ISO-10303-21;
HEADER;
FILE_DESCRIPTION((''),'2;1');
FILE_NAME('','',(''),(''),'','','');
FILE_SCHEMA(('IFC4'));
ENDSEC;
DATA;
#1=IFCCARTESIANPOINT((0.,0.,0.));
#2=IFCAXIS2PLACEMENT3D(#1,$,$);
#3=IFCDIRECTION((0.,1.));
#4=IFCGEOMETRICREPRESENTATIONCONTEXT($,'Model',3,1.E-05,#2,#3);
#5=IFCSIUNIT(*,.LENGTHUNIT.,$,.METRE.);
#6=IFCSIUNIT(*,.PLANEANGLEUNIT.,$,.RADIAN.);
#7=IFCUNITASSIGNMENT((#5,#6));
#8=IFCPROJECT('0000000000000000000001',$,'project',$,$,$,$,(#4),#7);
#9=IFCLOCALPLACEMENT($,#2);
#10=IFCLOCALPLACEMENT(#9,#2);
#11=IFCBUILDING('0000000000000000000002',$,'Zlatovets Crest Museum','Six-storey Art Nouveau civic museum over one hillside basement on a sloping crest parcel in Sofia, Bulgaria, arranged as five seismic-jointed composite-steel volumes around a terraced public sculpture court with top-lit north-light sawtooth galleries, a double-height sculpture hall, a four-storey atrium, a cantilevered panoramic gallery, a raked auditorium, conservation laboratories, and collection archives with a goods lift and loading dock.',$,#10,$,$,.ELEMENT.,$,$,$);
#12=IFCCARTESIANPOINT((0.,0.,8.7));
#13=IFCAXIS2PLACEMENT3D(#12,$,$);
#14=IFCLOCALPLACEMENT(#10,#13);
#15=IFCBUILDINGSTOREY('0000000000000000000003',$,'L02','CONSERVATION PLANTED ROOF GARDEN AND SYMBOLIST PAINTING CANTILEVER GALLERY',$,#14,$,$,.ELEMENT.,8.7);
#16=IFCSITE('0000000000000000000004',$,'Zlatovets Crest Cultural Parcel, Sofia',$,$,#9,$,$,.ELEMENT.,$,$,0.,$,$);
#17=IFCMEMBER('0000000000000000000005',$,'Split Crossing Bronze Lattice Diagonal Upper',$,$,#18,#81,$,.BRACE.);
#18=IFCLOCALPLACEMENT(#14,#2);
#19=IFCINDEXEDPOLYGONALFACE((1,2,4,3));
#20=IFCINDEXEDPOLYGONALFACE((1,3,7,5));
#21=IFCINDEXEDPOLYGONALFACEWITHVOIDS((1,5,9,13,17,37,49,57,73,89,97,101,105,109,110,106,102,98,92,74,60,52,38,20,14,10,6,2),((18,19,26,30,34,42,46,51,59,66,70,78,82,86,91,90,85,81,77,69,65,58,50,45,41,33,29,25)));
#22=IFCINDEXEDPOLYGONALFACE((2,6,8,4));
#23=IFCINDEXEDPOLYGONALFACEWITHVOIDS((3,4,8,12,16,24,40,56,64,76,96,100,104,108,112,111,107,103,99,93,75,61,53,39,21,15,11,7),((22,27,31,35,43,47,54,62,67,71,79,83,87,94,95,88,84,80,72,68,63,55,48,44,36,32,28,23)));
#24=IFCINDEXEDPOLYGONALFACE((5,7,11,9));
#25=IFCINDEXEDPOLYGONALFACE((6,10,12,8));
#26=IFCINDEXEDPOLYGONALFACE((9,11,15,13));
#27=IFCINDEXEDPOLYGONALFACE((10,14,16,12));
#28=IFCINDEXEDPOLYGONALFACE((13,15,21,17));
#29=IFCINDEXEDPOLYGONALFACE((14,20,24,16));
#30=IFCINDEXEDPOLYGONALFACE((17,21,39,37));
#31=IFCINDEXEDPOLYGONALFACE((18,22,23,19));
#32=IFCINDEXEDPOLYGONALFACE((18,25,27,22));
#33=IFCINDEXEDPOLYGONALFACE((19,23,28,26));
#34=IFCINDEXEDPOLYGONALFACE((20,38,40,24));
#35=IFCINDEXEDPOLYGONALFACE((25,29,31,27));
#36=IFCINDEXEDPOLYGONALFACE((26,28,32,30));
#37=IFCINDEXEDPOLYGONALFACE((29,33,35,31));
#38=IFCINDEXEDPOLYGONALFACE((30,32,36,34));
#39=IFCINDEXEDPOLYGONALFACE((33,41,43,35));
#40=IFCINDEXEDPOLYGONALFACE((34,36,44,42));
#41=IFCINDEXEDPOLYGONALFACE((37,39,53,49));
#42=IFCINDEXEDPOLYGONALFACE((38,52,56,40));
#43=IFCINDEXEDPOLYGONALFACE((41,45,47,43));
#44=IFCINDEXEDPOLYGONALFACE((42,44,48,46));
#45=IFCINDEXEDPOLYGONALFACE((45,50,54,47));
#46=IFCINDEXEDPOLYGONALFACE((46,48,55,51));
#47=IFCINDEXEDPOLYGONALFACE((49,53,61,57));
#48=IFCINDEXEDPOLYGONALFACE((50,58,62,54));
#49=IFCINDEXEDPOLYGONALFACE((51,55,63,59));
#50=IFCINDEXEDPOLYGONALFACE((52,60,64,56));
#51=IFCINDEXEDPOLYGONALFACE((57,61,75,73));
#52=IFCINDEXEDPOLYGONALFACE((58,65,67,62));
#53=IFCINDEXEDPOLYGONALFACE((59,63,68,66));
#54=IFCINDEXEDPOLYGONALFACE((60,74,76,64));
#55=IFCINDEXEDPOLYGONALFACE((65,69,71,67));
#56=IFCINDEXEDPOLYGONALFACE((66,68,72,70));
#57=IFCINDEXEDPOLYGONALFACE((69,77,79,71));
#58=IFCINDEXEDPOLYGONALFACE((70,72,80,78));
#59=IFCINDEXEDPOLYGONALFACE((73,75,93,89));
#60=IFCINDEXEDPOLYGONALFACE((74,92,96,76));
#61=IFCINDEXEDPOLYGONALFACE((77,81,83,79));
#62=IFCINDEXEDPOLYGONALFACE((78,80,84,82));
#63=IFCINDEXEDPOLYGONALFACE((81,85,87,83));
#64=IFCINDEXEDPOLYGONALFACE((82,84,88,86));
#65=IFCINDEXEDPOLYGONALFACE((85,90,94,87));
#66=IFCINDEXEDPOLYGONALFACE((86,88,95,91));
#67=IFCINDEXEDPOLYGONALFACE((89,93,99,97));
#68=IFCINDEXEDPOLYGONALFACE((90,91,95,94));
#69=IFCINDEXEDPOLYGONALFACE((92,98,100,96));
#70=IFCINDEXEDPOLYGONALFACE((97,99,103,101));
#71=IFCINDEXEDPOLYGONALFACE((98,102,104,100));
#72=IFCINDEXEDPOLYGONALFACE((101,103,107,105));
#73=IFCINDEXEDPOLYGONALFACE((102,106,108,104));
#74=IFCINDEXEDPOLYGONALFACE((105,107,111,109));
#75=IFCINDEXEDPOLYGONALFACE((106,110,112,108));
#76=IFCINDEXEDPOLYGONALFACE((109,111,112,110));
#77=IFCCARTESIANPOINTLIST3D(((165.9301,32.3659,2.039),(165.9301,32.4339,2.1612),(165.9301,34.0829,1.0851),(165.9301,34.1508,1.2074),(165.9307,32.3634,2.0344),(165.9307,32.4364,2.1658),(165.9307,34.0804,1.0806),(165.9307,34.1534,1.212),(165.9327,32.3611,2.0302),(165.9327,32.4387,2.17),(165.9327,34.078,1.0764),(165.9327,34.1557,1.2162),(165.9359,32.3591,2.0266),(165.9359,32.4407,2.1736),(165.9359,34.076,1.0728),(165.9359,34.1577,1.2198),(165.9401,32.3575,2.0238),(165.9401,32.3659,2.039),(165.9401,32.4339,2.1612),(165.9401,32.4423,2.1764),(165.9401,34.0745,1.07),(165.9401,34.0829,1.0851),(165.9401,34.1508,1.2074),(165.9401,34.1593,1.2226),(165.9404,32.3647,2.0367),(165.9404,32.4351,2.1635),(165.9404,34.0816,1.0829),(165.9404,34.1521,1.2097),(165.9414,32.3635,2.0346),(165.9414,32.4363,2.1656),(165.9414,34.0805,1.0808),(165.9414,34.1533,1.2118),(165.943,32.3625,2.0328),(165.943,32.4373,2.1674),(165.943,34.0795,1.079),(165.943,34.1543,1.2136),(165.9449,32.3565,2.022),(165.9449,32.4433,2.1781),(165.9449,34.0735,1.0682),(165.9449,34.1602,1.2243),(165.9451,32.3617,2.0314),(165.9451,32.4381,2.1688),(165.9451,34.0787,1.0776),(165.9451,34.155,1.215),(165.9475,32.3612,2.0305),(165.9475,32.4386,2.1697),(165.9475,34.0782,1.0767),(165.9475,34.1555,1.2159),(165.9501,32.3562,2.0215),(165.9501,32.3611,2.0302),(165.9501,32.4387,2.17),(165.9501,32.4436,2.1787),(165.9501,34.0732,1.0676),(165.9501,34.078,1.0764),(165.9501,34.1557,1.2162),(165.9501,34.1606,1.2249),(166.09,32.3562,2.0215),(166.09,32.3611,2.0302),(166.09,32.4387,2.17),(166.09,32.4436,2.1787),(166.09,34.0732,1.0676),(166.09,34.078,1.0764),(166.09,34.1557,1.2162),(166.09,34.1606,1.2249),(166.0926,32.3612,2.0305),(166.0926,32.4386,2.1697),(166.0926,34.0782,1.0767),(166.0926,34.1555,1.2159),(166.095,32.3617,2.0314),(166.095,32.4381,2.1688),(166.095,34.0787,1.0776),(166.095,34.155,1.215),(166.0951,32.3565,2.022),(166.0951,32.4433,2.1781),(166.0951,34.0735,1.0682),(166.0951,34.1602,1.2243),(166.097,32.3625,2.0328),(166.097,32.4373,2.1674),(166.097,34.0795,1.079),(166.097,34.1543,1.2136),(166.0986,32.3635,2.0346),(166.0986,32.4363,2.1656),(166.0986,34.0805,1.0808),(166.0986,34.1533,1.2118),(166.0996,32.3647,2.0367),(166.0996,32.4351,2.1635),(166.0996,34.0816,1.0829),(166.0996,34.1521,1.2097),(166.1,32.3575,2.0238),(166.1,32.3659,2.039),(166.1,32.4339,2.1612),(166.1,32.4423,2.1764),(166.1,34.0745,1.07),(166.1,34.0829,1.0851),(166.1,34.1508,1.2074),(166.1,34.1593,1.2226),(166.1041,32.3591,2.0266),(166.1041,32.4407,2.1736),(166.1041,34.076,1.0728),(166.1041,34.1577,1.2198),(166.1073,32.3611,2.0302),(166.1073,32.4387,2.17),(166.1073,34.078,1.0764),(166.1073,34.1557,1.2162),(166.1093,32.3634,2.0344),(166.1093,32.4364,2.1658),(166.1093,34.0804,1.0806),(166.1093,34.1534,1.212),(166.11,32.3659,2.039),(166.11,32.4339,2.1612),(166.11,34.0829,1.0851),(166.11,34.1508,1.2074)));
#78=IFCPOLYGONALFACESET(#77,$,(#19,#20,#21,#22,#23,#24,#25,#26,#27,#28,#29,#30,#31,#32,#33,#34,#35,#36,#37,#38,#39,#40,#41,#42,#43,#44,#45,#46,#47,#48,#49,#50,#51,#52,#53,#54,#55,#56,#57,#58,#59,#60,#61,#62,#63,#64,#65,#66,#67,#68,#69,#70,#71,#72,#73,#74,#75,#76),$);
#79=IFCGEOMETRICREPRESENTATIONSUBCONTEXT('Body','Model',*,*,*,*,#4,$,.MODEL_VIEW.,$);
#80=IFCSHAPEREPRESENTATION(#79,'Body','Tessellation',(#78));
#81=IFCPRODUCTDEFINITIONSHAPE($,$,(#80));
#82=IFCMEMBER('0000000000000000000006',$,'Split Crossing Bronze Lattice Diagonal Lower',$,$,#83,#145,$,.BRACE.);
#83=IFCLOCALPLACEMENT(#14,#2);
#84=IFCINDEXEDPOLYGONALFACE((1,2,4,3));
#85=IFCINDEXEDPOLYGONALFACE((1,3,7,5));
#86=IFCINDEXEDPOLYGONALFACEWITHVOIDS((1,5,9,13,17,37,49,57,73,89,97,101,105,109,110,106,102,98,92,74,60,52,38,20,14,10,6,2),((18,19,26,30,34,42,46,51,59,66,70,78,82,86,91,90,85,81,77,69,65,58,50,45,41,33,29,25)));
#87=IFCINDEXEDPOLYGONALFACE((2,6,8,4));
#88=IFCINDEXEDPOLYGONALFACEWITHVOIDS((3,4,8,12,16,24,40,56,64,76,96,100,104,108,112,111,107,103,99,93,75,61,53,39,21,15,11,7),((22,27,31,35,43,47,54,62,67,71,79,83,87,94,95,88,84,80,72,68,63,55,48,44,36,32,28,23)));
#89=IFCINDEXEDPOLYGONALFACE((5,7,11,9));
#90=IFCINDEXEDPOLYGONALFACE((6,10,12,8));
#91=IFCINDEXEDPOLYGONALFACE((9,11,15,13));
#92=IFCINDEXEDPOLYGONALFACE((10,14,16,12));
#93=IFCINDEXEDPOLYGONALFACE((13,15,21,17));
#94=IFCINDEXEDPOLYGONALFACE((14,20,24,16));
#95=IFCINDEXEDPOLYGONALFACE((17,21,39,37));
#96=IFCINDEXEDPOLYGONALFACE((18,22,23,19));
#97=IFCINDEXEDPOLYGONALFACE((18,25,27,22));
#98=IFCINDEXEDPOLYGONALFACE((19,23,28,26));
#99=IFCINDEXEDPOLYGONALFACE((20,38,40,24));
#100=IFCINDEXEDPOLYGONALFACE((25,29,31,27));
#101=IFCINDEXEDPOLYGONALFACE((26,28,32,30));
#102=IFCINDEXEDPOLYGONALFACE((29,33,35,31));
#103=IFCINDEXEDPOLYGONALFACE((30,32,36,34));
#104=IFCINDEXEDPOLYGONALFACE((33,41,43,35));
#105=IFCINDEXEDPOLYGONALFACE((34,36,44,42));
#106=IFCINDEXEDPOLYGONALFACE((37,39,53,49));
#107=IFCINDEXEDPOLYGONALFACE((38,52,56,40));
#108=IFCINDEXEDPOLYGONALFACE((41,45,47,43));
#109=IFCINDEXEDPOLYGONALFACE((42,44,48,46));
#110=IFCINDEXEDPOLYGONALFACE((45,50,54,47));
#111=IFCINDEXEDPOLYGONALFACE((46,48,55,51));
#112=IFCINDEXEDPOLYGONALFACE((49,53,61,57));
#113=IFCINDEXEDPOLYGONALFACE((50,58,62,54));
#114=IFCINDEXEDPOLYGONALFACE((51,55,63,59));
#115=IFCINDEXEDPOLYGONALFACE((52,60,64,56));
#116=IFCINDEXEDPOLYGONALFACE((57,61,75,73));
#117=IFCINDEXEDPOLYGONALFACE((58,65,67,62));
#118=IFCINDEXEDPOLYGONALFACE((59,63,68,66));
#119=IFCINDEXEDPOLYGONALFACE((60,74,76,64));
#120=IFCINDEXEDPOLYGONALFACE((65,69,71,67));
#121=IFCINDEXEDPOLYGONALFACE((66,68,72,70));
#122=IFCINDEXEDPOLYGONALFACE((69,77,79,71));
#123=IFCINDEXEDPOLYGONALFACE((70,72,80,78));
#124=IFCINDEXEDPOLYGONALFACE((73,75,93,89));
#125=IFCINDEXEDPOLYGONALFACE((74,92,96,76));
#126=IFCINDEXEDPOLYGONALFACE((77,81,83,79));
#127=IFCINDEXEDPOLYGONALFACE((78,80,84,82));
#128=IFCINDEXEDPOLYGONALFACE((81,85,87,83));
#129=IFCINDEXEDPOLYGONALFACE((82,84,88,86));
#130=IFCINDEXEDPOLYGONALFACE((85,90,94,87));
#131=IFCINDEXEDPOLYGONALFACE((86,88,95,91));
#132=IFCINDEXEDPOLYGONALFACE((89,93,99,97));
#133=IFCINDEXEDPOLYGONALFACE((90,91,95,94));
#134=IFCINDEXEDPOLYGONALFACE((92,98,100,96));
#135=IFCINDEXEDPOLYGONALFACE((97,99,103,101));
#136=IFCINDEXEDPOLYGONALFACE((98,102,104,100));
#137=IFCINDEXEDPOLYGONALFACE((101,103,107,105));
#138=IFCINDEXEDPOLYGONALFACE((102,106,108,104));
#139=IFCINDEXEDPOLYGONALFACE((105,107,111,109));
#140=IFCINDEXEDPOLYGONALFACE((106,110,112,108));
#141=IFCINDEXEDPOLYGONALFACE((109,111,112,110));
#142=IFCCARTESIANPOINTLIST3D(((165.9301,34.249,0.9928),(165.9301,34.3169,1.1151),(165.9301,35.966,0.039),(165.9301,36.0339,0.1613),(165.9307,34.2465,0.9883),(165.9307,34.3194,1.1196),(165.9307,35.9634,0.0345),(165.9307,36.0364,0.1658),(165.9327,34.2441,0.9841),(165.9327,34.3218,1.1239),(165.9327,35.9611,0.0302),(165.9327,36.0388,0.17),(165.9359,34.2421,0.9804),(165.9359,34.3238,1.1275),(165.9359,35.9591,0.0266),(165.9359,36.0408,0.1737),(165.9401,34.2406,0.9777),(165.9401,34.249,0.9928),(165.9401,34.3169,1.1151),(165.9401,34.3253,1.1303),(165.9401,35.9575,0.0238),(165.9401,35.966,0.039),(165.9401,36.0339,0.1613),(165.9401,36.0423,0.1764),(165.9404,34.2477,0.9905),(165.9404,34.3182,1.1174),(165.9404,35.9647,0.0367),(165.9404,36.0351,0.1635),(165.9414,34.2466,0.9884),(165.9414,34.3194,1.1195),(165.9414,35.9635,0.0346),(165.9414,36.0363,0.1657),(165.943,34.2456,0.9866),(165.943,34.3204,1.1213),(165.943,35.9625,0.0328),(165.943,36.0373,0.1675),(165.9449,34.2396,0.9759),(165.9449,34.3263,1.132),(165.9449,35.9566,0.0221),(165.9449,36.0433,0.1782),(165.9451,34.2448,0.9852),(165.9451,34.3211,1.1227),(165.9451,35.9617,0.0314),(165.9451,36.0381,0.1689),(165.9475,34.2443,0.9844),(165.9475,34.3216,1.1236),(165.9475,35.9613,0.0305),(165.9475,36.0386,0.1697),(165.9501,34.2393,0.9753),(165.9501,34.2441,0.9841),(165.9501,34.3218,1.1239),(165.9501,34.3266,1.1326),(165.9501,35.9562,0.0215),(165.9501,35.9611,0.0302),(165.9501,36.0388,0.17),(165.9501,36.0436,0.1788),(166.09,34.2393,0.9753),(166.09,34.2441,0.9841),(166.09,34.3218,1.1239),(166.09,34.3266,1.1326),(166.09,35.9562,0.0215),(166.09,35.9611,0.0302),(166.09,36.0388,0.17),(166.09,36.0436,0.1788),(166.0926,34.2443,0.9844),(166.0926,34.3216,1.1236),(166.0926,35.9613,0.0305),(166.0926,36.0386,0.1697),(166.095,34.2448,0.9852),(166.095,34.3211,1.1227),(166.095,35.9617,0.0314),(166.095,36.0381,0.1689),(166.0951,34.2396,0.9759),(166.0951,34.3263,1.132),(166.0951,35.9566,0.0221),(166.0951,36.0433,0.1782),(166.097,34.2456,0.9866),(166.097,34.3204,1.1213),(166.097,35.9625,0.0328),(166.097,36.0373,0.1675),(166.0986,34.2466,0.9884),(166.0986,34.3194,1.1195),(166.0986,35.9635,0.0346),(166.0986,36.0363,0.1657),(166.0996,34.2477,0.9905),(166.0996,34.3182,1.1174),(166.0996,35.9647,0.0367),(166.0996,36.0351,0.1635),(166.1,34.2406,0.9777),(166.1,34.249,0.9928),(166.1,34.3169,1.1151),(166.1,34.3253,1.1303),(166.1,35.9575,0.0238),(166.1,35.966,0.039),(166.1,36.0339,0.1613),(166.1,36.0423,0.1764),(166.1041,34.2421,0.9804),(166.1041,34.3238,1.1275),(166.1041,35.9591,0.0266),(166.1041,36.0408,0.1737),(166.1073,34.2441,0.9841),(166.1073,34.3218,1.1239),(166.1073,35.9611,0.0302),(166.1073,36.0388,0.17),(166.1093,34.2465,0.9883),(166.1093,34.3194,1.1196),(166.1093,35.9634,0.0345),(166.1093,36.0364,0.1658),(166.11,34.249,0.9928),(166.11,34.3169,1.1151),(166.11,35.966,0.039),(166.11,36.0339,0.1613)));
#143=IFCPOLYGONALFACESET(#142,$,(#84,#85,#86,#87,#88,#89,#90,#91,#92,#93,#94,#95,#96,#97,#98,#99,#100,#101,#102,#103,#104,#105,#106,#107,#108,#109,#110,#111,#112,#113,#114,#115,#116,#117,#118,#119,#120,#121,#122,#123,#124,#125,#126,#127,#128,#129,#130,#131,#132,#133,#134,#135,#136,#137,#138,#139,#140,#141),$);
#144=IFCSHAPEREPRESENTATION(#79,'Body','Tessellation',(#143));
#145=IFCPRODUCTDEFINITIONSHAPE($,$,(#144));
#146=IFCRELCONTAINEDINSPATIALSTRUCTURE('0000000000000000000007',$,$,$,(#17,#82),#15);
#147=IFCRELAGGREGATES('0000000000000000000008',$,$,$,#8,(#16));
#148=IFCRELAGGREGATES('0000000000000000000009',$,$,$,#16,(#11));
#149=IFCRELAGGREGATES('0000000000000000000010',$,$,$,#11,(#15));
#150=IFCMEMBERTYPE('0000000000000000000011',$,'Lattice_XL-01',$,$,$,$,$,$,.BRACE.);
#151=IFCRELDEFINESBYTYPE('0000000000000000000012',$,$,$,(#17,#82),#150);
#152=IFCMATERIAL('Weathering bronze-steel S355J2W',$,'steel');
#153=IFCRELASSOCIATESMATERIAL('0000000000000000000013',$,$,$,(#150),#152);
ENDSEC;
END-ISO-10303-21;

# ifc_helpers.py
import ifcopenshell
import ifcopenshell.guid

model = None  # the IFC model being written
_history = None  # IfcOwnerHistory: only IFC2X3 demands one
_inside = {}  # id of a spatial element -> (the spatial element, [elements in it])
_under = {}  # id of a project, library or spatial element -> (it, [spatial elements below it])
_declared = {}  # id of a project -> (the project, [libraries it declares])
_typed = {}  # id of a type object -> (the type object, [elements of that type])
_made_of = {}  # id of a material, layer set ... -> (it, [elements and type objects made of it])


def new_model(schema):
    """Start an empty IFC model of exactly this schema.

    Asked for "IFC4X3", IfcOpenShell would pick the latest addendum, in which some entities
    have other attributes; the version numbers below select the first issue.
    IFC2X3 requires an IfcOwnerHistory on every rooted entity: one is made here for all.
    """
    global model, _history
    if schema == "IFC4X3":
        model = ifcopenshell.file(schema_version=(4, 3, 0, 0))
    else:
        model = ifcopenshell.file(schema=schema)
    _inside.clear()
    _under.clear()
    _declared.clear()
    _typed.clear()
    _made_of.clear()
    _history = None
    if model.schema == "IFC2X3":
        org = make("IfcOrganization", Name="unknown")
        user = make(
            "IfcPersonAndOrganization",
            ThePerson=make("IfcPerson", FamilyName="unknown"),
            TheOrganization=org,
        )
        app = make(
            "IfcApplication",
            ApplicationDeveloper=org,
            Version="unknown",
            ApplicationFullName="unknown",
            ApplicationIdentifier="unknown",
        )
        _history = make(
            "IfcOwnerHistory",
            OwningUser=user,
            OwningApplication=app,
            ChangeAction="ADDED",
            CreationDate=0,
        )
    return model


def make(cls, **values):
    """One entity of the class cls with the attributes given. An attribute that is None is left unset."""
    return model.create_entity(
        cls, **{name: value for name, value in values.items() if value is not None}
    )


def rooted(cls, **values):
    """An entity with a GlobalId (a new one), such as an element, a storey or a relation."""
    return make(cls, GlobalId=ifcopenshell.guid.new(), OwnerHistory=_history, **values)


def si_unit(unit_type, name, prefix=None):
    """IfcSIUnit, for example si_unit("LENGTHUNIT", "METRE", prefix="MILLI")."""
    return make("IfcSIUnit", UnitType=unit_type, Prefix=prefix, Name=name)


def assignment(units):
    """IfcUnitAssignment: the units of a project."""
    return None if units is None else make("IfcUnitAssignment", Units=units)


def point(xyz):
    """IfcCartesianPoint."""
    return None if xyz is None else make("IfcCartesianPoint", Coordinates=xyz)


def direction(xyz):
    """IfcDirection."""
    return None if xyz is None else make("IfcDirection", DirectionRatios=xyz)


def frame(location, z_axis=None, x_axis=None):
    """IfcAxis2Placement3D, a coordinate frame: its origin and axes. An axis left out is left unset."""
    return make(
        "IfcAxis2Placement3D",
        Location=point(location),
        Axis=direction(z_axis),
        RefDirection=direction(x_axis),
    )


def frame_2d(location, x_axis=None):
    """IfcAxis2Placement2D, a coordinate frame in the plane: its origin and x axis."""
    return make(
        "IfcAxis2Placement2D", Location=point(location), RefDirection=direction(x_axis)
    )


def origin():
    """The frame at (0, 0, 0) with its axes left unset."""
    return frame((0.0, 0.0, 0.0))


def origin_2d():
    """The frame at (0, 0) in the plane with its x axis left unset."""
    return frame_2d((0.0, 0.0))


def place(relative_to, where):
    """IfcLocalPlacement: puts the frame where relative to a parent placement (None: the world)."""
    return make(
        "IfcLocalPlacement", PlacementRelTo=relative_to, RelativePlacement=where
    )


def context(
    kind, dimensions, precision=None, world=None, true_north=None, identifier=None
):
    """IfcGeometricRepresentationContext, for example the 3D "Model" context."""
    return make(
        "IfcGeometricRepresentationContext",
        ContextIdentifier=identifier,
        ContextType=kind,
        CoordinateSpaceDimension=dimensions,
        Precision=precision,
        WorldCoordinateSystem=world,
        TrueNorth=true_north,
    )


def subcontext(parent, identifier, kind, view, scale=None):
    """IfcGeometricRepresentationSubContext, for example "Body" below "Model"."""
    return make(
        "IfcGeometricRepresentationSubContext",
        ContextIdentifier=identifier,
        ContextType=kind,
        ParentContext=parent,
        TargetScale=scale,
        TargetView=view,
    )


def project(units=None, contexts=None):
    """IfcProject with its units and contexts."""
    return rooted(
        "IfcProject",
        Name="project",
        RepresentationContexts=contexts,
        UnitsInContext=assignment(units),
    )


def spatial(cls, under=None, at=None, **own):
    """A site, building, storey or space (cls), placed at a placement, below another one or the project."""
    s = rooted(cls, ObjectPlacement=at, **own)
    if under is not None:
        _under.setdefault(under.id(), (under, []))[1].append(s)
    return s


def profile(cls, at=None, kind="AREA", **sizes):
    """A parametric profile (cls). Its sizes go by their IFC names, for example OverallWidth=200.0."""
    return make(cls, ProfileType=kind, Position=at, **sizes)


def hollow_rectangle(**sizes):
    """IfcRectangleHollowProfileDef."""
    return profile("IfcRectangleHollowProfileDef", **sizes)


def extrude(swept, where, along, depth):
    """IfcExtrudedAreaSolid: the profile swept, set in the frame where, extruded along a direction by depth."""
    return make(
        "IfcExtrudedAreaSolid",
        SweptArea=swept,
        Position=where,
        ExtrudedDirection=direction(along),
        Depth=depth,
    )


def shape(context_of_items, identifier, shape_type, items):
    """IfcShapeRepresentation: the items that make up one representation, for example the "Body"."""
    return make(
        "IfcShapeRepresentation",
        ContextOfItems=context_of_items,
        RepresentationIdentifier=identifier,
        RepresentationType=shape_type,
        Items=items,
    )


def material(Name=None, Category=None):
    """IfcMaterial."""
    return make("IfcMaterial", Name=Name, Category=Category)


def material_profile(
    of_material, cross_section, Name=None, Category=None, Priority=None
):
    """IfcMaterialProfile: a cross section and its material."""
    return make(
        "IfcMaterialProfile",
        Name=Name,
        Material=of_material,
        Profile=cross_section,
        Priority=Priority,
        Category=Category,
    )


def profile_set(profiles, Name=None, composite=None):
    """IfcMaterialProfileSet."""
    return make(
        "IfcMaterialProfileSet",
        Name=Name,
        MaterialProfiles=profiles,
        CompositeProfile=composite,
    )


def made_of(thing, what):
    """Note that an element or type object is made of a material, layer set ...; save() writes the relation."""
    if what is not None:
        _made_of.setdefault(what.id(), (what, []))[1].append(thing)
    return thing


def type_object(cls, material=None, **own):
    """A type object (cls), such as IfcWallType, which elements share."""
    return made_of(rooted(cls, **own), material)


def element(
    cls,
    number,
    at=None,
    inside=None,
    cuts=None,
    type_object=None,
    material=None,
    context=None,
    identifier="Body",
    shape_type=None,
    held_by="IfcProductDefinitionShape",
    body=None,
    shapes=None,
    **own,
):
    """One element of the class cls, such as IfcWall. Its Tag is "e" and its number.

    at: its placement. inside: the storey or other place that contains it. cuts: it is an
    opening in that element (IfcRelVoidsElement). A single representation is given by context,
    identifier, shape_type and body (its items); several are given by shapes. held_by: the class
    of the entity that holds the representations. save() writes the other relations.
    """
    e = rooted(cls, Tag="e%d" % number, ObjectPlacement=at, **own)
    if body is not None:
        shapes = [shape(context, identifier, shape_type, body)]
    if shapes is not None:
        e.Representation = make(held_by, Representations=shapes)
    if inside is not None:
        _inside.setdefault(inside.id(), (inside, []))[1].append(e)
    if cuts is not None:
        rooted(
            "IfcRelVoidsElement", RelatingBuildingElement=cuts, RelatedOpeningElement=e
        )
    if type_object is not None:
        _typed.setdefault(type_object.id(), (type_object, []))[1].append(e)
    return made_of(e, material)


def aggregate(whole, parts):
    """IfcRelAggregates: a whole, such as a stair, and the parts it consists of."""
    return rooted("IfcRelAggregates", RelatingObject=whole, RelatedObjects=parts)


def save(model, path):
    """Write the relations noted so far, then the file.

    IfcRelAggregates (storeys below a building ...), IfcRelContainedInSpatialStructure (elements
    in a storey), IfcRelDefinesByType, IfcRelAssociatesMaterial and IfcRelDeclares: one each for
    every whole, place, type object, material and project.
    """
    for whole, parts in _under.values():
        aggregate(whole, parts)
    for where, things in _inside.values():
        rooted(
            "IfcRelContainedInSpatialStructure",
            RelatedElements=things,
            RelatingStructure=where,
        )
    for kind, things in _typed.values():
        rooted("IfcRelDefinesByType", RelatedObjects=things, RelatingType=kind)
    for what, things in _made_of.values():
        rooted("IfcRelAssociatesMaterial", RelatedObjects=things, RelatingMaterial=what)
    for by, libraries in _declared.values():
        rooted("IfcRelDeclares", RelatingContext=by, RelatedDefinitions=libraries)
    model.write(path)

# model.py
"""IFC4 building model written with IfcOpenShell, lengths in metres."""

from ifc_helpers import new_model, si_unit, direction, frame, origin, origin_2d, place, context, subcontext, project, spatial, hollow_rectangle, extrude, material, material_profile, profile_set, type_object, element, save


model = new_model("IFC4")

# Units and contexts
model_context = context("Model", 3, precision=1e-05, world=origin(), true_north=direction((0.0, 1.0)))
body_context = subcontext(model_context, "Body", "Model", "MODEL_VIEW")
ifc_project = project(units=[si_unit("LENGTHUNIT", "METRE"), si_unit("PLANEANGLEUNIT", "RADIAN")], contexts=[model_context])

# Site, building, storey
site_placement = place(None, origin())
site = spatial("IfcSite", under=ifc_project, at=site_placement, Name="Zlatovets Crest Cultural Parcel, Sofia", CompositionType="ELEMENT", RefElevation=0.0)
building_placement = place(site_placement, origin())
building = spatial("IfcBuilding", under=site, at=building_placement, Name="Zlatovets Crest Museum", Description="Six-storey Art Nouveau civic museum over one hillside basement on a sloping crest parcel in Sofia, Bulgaria, arranged as five seismic-jointed composite-steel volumes around a terraced public sculpture court with top-lit north-light sawtooth galleries, a double-height sculpture hall, a four-storey atrium, a cantilevered panoramic gallery, a raked auditorium, conservation laboratories, and collection archives with a goods lift and loading dock.", CompositionType="ELEMENT")
storey_placement = place(building_placement, frame((0.0, 0.0, 8.7)))
storey = spatial("IfcBuildingStorey", under=building, at=storey_placement, Name="L02", Description="CONSERVATION PLANTED ROOF GARDEN AND SYMBOLIST PAINTING CANTILEVER GALLERY", CompositionType="ELEMENT", Elevation=8.7)

# Members
ifc_material_1 = material(Name="Weathering bronze-steel S355J2W", Category="steel")
ifc_material_profile_1 = material_profile(ifc_material_1, hollow_rectangle(XDim=0.1799, YDim=0.1799, WallThickness=0.01, InnerFilletRadius=0.01, OuterFilletRadius=0.02, at=origin_2d()), Name="SHS 180x180x10.0")
ifc_profile_set_1 = profile_set([ifc_material_profile_1], Name="Weathering bronze-steel S355J2W")
member_type_1 = type_object("IfcMemberType", Name="Lattice_XL-01", PredefinedType="BRACE", material=ifc_profile_set_1)
for number, where, z_axis, x_axis, name in (
    (1, (166.02, 32.3999, 2.1001), (0.0, 0.874169, -0.485622), (-1.0, 0.0, 0.0), "Split Crossing Bronze Lattice Diagonal Upper"),
    (2, (166.02, 34.283, 1.054), (0.0, 0.874169, -0.485622), (-1.0, 0.0, 0.0), "Split Crossing Bronze Lattice Diagonal Lower"),
):
    element("IfcMember", number, at=place(storey_placement, frame(where, z_axis=z_axis, x_axis=x_axis)), inside=storey, type_object=member_type_1, Name=name, PredefinedType="BRACE", context=body_context, shape_type="SweptSolid", body=[
        extrude(hollow_rectangle(XDim=0.1799, YDim=0.1799, WallThickness=0.01, InnerFilletRadius=0.01, OuterFilletRadius=0.02, at=origin_2d()), origin(), (0.0, 0.0, 1.0), 1.9641),
    ])

save(model, "model.ifc")
